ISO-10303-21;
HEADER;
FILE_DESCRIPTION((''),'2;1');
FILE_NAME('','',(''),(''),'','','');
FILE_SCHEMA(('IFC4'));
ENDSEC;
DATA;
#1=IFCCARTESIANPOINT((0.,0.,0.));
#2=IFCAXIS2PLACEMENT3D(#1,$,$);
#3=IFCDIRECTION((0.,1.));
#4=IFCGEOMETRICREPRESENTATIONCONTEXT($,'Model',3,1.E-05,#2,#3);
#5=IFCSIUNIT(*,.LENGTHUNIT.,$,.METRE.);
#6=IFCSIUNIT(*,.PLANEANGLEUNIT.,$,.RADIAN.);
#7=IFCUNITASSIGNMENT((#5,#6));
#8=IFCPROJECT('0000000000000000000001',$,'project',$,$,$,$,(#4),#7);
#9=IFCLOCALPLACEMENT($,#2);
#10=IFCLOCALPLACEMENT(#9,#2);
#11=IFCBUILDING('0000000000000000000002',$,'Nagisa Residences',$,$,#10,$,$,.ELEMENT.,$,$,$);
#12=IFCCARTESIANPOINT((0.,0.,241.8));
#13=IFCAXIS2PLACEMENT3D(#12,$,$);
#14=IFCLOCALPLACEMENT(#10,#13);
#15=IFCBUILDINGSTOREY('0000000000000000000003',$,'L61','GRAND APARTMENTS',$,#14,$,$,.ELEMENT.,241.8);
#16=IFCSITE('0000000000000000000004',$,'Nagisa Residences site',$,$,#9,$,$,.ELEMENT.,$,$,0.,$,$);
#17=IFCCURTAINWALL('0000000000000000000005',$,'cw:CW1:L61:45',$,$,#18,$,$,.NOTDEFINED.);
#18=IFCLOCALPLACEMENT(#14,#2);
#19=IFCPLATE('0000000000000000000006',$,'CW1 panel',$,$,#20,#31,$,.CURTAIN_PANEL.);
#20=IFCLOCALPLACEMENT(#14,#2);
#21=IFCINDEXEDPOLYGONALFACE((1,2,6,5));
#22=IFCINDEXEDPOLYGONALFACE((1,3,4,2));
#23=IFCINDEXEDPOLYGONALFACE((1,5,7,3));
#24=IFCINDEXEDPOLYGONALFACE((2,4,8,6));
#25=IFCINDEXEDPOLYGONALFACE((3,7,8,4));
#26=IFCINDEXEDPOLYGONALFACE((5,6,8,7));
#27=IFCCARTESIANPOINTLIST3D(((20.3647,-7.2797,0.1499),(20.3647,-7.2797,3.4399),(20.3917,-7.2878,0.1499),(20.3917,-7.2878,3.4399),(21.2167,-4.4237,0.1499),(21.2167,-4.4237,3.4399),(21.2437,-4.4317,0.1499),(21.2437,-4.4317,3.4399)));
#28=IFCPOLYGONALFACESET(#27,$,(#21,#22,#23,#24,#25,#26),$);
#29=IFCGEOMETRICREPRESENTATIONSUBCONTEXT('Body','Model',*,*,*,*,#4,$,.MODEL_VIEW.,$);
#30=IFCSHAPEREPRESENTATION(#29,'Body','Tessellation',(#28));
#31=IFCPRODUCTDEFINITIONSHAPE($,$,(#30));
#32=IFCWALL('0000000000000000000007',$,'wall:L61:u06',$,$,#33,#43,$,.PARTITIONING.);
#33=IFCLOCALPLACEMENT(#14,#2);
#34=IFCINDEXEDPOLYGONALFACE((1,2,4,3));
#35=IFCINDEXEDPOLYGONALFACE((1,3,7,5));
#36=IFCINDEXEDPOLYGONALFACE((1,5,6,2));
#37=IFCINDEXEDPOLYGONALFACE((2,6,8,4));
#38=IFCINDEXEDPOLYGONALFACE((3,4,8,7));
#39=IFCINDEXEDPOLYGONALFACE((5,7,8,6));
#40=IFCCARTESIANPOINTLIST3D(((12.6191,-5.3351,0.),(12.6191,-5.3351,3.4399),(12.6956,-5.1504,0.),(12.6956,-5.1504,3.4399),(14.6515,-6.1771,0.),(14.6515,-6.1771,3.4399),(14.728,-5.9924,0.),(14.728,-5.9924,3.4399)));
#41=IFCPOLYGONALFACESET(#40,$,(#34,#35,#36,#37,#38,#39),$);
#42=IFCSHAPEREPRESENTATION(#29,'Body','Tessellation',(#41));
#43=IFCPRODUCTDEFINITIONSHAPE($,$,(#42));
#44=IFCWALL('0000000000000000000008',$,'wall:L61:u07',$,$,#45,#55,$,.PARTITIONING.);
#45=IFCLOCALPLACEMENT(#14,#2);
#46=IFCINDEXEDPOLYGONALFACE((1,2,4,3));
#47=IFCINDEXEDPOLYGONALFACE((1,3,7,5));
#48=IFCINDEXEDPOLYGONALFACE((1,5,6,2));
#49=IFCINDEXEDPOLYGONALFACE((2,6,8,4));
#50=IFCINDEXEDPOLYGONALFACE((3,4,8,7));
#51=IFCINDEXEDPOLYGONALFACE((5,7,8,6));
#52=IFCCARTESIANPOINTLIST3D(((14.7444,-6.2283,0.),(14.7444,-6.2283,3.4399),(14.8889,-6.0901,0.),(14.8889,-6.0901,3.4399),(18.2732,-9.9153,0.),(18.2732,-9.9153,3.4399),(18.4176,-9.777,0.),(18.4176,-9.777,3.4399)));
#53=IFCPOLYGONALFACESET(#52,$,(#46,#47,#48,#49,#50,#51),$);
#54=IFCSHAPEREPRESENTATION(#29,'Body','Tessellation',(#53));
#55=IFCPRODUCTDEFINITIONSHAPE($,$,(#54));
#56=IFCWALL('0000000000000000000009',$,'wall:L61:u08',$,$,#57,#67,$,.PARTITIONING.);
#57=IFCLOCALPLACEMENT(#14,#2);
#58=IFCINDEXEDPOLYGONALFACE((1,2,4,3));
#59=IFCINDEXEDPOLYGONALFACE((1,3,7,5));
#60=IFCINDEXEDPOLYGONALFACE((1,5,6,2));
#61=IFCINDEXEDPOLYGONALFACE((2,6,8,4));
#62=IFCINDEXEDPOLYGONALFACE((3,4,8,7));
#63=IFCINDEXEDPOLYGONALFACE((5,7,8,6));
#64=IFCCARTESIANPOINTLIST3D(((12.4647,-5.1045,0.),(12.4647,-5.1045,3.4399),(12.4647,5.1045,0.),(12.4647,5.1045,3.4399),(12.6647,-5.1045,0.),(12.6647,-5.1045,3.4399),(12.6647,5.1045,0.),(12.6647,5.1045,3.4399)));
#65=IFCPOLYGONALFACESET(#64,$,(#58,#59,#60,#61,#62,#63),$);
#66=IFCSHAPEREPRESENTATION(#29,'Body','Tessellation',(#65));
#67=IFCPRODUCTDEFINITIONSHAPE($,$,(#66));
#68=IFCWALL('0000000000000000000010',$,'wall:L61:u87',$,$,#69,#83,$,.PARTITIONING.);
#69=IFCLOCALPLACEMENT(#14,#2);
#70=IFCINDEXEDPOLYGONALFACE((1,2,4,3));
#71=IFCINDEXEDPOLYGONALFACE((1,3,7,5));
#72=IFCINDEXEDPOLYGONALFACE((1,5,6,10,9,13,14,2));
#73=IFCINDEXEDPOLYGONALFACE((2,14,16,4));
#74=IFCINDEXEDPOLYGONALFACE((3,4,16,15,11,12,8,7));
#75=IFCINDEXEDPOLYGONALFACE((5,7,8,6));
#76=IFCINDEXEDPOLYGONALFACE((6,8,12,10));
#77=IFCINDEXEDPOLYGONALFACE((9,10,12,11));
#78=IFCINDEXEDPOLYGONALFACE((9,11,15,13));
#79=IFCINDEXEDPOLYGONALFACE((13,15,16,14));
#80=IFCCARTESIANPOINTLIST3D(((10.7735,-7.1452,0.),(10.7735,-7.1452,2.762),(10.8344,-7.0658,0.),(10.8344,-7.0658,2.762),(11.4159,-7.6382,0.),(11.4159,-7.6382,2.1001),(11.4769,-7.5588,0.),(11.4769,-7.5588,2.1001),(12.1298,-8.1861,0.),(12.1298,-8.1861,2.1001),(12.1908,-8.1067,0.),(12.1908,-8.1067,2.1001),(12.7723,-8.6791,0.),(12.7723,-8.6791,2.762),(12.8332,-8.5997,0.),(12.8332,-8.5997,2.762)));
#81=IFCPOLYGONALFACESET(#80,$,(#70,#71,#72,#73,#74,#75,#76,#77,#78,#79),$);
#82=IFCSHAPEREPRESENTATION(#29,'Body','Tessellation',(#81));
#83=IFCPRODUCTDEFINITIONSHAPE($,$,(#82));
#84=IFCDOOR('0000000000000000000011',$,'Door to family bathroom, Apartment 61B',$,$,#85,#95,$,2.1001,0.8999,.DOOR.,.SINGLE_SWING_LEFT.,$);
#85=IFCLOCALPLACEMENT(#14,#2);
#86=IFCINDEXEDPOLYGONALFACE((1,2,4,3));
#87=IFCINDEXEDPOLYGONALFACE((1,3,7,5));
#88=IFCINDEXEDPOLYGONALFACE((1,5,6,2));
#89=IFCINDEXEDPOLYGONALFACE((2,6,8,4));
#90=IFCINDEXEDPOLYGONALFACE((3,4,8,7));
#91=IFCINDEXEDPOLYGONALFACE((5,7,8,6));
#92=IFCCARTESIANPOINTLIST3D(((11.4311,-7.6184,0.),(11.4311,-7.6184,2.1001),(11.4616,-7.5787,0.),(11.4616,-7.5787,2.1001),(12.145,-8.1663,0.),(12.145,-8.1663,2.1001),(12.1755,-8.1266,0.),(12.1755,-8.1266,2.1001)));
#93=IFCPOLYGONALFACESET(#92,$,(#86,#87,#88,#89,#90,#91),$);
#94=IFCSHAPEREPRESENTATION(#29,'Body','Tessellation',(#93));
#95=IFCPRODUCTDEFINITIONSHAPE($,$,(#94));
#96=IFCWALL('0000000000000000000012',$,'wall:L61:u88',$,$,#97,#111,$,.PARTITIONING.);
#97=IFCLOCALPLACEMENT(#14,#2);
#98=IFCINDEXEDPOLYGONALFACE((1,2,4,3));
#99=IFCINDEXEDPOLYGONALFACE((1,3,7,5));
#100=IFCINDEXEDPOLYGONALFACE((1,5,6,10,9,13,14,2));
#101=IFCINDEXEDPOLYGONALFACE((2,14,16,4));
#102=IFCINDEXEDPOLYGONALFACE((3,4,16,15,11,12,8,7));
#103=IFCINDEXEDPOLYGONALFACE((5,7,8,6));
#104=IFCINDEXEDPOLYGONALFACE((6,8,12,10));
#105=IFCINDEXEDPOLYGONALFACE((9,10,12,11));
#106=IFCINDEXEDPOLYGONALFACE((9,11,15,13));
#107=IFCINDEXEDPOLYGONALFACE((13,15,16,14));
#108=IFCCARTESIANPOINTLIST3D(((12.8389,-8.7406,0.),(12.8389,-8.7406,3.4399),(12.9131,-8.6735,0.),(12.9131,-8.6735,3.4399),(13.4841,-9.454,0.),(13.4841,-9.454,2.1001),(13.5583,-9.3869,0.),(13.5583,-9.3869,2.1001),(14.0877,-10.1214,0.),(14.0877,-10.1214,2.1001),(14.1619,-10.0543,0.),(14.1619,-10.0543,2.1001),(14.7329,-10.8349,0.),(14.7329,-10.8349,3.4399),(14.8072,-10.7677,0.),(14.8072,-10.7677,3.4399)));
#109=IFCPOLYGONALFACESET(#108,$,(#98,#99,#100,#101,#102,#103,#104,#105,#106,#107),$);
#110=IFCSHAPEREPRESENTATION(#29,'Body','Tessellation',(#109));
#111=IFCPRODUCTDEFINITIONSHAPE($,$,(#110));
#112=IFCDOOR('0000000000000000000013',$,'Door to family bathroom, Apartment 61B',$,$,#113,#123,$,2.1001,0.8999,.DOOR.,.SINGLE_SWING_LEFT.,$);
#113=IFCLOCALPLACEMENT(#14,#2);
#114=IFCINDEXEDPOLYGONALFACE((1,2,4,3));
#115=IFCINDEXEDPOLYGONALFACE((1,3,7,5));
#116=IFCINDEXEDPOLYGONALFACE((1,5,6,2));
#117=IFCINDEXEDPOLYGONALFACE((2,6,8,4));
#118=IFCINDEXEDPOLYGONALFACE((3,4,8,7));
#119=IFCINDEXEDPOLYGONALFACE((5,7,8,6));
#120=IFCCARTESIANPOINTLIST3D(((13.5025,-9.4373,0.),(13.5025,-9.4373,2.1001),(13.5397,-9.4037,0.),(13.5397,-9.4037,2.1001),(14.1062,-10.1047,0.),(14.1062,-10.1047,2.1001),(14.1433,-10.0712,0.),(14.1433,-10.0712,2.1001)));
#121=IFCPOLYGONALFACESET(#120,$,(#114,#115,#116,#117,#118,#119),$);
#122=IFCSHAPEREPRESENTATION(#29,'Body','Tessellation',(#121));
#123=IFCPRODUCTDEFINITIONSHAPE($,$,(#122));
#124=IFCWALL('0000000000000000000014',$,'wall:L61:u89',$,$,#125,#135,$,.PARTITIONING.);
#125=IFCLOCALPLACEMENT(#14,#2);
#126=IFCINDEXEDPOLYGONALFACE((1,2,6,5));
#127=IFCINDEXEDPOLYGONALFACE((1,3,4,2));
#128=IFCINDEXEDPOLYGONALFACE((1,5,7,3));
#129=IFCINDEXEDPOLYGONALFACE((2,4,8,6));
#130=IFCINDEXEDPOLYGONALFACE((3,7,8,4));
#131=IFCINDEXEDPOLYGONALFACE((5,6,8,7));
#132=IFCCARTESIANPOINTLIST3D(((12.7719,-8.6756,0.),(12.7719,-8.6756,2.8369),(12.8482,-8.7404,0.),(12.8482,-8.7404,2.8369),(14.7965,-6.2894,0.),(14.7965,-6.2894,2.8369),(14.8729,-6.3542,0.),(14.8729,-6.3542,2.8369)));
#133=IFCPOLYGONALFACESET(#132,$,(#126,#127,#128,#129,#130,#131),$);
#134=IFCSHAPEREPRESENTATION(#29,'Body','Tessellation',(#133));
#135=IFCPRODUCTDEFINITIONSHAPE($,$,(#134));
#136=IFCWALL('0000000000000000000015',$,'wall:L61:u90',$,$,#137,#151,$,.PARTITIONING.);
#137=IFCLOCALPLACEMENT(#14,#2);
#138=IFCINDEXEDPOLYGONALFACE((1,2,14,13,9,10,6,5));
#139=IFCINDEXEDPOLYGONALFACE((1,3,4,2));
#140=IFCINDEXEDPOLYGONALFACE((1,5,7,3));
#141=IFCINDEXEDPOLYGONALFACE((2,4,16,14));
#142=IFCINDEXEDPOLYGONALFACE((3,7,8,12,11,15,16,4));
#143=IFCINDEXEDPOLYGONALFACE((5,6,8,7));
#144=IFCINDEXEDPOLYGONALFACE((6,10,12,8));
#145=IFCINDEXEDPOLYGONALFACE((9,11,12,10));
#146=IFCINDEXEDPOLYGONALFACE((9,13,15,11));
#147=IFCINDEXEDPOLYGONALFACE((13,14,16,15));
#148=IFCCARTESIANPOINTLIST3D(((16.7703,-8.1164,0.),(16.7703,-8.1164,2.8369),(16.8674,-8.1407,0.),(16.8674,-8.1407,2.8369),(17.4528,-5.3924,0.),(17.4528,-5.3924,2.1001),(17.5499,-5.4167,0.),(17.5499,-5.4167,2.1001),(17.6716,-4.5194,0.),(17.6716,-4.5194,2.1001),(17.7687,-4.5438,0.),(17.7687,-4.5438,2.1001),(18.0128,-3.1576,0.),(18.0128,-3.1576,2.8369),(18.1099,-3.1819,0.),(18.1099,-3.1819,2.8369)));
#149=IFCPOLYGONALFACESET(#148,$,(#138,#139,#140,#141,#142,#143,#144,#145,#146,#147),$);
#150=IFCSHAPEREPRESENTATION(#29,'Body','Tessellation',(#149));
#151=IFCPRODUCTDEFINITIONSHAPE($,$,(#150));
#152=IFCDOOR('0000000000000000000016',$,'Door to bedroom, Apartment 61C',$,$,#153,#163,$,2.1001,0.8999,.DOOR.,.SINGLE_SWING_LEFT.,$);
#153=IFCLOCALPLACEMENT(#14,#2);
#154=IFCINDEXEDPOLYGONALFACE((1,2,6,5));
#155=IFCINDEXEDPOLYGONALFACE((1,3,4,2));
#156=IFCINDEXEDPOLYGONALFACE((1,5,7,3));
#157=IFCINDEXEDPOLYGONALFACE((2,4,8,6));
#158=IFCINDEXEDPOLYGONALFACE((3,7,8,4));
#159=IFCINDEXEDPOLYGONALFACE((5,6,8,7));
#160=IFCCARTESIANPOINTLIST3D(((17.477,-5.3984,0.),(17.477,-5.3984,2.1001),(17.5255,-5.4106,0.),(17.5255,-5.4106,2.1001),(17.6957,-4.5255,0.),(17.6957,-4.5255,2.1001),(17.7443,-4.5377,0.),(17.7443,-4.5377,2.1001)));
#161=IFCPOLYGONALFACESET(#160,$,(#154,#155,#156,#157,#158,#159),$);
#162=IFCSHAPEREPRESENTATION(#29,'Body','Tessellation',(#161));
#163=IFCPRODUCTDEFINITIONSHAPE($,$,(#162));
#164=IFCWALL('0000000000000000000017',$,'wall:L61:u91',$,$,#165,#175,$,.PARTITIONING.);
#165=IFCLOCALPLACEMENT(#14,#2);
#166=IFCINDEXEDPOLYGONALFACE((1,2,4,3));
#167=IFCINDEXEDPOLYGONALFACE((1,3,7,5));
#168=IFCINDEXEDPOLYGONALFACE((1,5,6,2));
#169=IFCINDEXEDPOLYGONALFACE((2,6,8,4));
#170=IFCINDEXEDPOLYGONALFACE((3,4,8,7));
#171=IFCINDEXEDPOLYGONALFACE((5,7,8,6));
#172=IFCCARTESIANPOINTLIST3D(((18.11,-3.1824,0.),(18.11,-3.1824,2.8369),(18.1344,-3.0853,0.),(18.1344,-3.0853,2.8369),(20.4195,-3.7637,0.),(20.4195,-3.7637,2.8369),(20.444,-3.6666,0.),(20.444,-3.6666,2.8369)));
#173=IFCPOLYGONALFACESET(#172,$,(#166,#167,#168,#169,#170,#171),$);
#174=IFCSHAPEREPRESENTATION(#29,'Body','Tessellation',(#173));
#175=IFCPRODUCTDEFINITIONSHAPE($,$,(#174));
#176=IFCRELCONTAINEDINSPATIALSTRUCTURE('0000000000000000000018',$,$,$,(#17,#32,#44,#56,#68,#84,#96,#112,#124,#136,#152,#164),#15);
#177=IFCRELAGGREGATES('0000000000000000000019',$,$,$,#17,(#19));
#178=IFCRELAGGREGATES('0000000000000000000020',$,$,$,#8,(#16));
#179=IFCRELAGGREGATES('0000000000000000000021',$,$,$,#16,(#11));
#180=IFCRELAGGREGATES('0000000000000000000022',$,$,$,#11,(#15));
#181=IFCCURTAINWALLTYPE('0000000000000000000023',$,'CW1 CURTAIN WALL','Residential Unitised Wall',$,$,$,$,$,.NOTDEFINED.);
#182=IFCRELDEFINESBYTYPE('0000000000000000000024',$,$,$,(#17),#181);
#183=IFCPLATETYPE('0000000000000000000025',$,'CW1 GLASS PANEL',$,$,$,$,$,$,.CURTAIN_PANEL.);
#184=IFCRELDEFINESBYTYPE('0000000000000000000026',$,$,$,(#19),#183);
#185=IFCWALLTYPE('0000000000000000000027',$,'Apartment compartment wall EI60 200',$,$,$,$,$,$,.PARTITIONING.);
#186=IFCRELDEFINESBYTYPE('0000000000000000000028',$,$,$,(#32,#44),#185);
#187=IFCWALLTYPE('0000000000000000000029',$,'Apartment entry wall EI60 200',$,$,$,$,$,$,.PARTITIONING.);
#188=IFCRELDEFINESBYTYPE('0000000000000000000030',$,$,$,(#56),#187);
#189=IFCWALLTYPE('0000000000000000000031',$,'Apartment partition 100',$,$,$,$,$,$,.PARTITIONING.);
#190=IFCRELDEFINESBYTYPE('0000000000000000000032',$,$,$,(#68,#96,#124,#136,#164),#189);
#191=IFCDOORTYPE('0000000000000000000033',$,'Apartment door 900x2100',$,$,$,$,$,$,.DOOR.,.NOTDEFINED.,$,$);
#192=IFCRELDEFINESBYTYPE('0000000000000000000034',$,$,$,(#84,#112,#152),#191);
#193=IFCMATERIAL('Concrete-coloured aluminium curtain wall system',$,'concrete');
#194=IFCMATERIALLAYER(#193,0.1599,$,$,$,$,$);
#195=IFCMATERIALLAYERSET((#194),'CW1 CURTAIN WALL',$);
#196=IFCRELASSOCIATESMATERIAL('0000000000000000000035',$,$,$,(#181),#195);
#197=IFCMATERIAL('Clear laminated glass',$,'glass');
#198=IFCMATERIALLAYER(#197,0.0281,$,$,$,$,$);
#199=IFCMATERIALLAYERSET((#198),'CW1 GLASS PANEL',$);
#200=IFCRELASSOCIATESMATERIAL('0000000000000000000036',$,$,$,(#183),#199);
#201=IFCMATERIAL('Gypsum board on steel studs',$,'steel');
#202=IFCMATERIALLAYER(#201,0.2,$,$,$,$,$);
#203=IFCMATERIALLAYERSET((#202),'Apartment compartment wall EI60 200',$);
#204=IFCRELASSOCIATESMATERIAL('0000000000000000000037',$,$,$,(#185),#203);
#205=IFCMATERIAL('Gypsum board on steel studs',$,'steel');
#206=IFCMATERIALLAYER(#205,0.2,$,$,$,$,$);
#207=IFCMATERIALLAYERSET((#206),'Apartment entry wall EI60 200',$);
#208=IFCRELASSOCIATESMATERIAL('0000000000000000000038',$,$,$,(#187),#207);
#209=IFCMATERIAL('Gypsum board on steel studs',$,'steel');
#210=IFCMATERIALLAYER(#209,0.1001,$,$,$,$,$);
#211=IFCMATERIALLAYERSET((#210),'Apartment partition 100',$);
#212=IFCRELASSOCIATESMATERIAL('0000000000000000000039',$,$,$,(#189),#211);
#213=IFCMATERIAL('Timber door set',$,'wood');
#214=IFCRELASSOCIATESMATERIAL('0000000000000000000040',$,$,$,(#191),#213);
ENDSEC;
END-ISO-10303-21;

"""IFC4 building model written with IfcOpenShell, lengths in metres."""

from ifc_helpers import new_model, si_unit, direction, frame, frame_2d, origin, origin_2d, place, context, subcontext, project, spatial, rectangle, extrude, material, layer, layer_set, type_object, element, fill, aggregate, save


model = new_model("IFC4")

# Units and contexts
model_context = context("Model", 3, precision=1e-05, world=origin(), true_north=direction((0.0, 1.0)))
body_context = subcontext(model_context, "Body", "Model", "MODEL_VIEW")
ifc_project = project(units=[si_unit("LENGTHUNIT", "METRE"), si_unit("PLANEANGLEUNIT", "RADIAN")], contexts=[model_context])

# Site, building, storey
site_placement = place(None, origin())
site = spatial("IfcSite", under=ifc_project, at=site_placement, Name="Nagisa Residences site", CompositionType="ELEMENT", RefElevation=0.0)
building_placement = place(site_placement, origin())
building = spatial("IfcBuilding", under=site, at=building_placement, Name="Nagisa Residences", CompositionType="ELEMENT")
storey_placement = place(building_placement, frame((0.0, 0.0, 241.8)))
storey = spatial("IfcBuildingStorey", under=building, at=storey_placement, Name="L61", Description="GRAND APARTMENTS", CompositionType="ELEMENT", Elevation=241.8)

# Curtain wall
ifc_material_1 = material(Name="Concrete-coloured aluminium curtain wall system", Category="concrete")
ifc_layer_1 = layer(ifc_material_1, 0.1599)
ifc_layer_set_1 = layer_set([ifc_layer_1], Name="CW1 CURTAIN WALL")
curtain_wall_type = type_object("IfcCurtainWallType", Name="CW1 CURTAIN WALL", Description="Residential Unitised Wall", PredefinedType="NOTDEFINED", material=ifc_layer_set_1)
curtain_wall_1_placement = place(storey_placement, origin())
curtain_wall_1 = element("IfcCurtainWall", 1, at=curtain_wall_1_placement, inside=storey, type_object=curtain_wall_type, Name="cw:CW1:L61:45", PredefinedType="NOTDEFINED")

# Shared definitions
ifc_material_2 = material(Name="Clear laminated glass", Category="glass")
ifc_layer_2 = layer(ifc_material_2, 0.0281)
ifc_layer_set_2 = layer_set([ifc_layer_2], Name="CW1 GLASS PANEL")
plate_type = type_object("IfcPlateType", Name="CW1 GLASS PANEL", PredefinedType="CURTAIN_PANEL", material=ifc_layer_set_2)

# Plate
plate_1_placement = place(storey_placement, frame((20.8042, -5.8557, 0.1499), z_axis=(0.0, 0.0, 1.0), x_axis=(0.28586, 0.958271, 0.0)))
plate_1 = element("IfcPlate", 2, at=plate_1_placement, type_object=plate_type, Name="CW1 panel", PredefinedType="CURTAIN_PANEL", context=body_context, shape_type="SweptSolid", body=[
    extrude(rectangle(XDim=2.9805, YDim=0.0281, at=origin_2d()), origin(), (0.0, 0.0, 1.0), 3.29),
])
aggregate(curtain_wall_1, [plate_1])

# Walls
ifc_material_3 = material(Name="Gypsum board on steel studs", Category="steel")
ifc_layer_3 = layer(ifc_material_3, 0.2)
ifc_layer_set_3 = layer_set([ifc_layer_3], Name="Apartment compartment wall EI60 200")
wall_type_1 = type_object("IfcWallType", Name="Apartment compartment wall EI60 200", PredefinedType="PARTITIONING", material=ifc_layer_set_3)
wall_1_placement = place(storey_placement, frame((12.6572, -5.2427, 0.0), z_axis=(0.0, 0.0, 1.0), x_axis=(0.923853, -0.382747, 0.0)))
element("IfcWall", 3, at=wall_1_placement, inside=storey, type_object=wall_type_1, Name="wall:L61:u06", PredefinedType="PARTITIONING", context=body_context, shape_type="SweptSolid", body=[
    extrude(rectangle(XDim=2.2, YDim=0.2, at=frame_2d((1.1001, 0.0))), origin(), (0.0, 0.0, 1.0), 3.4399),
])
wall_2_placement = place(storey_placement, frame((14.8167, -6.1592, 0.0), z_axis=(0.0, 0.0, 1.0), x_axis=(0.691438, -0.722436, 0.0)))
element("IfcWall", 4, at=wall_2_placement, inside=storey, type_object=wall_type_1, Name="wall:L61:u07", PredefinedType="PARTITIONING", context=body_context, shape_type="SweptSolid", body=[
    extrude(rectangle(XDim=5.1035, YDim=0.2, at=frame_2d((2.5518, 0.0))), origin(), (0.0, 0.0, 1.0), 3.4399),
])
ifc_material_4 = material(Name="Gypsum board on steel studs", Category="steel")
ifc_layer_4 = layer(ifc_material_4, 0.2)
ifc_layer_set_4 = layer_set([ifc_layer_4], Name="Apartment entry wall EI60 200")
wall_type_2 = type_object("IfcWallType", Name="Apartment entry wall EI60 200", PredefinedType="PARTITIONING", material=ifc_layer_set_4)
wall_3_placement = place(storey_placement, frame((12.5647, -5.1045, 0.0), z_axis=(0.0, 0.0, 1.0), x_axis=(0.0, 1.0, 0.0)))
element("IfcWall", 5, at=wall_3_placement, inside=storey, type_object=wall_type_2, Name="wall:L61:u08", PredefinedType="PARTITIONING", context=body_context, shape_type="SweptSolid", body=[
    extrude(rectangle(XDim=10.209, YDim=0.2, at=frame_2d((5.1045, 0.0))), origin(), (0.0, 0.0, 1.0), 3.4399),
])

# Walls, openings, doors
ifc_material_5 = material(Name="Gypsum board on steel studs", Category="steel")
ifc_layer_5 = layer(ifc_material_5, 0.1001)
ifc_layer_set_5 = layer_set([ifc_layer_5], Name="Apartment partition 100")
wall_type_3 = type_object("IfcWallType", Name="Apartment partition 100", PredefinedType="PARTITIONING", material=ifc_layer_set_5)
wall_4_placement = place(storey_placement, frame((10.804, -7.1055, 0.0), z_axis=(0.0, 0.0, 1.0), x_axis=(0.793312, -0.608816, 0.0)))
wall_4 = element("IfcWall", 6, at=wall_4_placement, inside=storey, type_object=wall_type_3, Name="wall:L61:u87", PredefinedType="PARTITIONING", context=body_context, shape_type="SweptSolid", body=[
    extrude(rectangle(XDim=2.5195, YDim=0.1001, at=frame_2d((1.2598, 0.0))), origin(), (0.0, 0.0, 1.0), 2.762),
])
opening_1_placement = place(wall_4_placement, frame((0.8098, 0.0, 0.0)))
opening_1 = element("IfcOpeningElement", 7, at=opening_1_placement, cuts=wall_4, PredefinedType="OPENING", context=body_context, shape_type="SweptSolid", body=[
    extrude(rectangle(XDim=0.8999, YDim=2.1001, at=frame_2d((0.45, 1.05))), frame((0.0, 0.0601, 0.0), z_axis=(0.0, -1.0, 0.0), x_axis=(1.0, 0.0, 0.0)), (0.0, 0.0, 1.0), 0.1201),
])
ifc_material_6 = material(Name="Timber door set", Category="wood")
door_type_1 = type_object("IfcDoorType", Name="Apartment door 900x2100", OperationType="NOTDEFINED", PredefinedType="DOOR", material=ifc_material_6)
door_1_placement = place(opening_1_placement, origin())
door_1 = element("IfcDoor", 8, at=door_1_placement, inside=storey, type_object=door_type_1, Name="Door to family bathroom, Apartment 61B", OperationType="SINGLE_SWING_LEFT", OverallHeight=2.1001, OverallWidth=0.8999, PredefinedType="DOOR", context=body_context, shape_type="SweptSolid", body=[
    extrude(rectangle(XDim=0.8999, YDim=2.1001, at=frame_2d((0.45, 1.05))), frame((0.0, 0.0249, 0.0), z_axis=(0.0, -1.0, 0.0), x_axis=(1.0, 0.0, 0.0)), (0.0, 0.0, 1.0), 0.05),
])
fill(opening_1, door_1)
wall_5_placement = place(storey_placement, frame((12.876, -8.707, 0.0), z_axis=(0.0, 0.0, 1.0), x_axis=(0.670768, -0.741667, 0.0)))
wall_5 = element("IfcWall", 9, at=wall_5_placement, inside=storey, type_object=wall_type_3, Name="wall:L61:u88", PredefinedType="PARTITIONING", context=body_context, shape_type="SweptSolid", body=[
    extrude(rectangle(XDim=2.8237, YDim=0.1001, at=frame_2d((1.4119, 0.0))), origin(), (0.0, 0.0, 1.0), 3.4399),
])
opening_2_placement = place(wall_5_placement, frame((0.9619, 0.0, 0.0)))
opening_2 = element("IfcOpeningElement", 10, at=opening_2_placement, cuts=wall_5, PredefinedType="OPENING", context=body_context, shape_type="SweptSolid", body=[
    extrude(rectangle(XDim=0.8999, YDim=2.1001, at=frame_2d((0.45, 1.05))), frame((0.0, 0.0601, 0.0), z_axis=(0.0, -1.0, 0.0), x_axis=(1.0, 0.0, 0.0)), (0.0, 0.0, 1.0), 0.1201),
])
door_2_placement = place(opening_2_placement, origin())
door_2 = element("IfcDoor", 11, at=door_2_placement, inside=storey, type_object=door_type_1, Name="Door to family bathroom, Apartment 61B", OperationType="SINGLE_SWING_LEFT", OverallHeight=2.1001, OverallWidth=0.8999, PredefinedType="DOOR", context=body_context, shape_type="SweptSolid", body=[
    extrude(rectangle(XDim=0.8999, YDim=2.1001, at=frame_2d((0.45, 1.05))), frame((0.0, 0.0249, 0.0), z_axis=(0.0, -1.0, 0.0), x_axis=(1.0, 0.0, 0.0)), (0.0, 0.0, 1.0), 0.05),
])
fill(opening_2, door_2)

# Wall
wall_6_placement = place(storey_placement, frame((12.8101, -8.708, 0.0), z_axis=(0.0, 0.0, 1.0), x_axis=(0.646973, 0.762513, 0.0)))
element("IfcWall", 12, at=wall_6_placement, inside=storey, type_object=wall_type_3, Name="wall:L61:u89", PredefinedType="PARTITIONING", context=body_context, shape_type="SweptSolid", body=[
    extrude(rectangle(XDim=3.1294, YDim=0.1001, at=frame_2d((1.5647, 0.0))), origin(), (0.0, 0.0, 1.0), 2.8369),
])

# Wall, opening, door
wall_7_placement = place(storey_placement, frame((16.8188, -8.1287, 0.0), z_axis=(0.0, 0.0, 1.0), x_axis=(0.243041, 0.970016, 0.0)))
wall_7 = element("IfcWall", 13, at=wall_7_placement, inside=storey, type_object=wall_type_3, Name="wall:L61:u90", PredefinedType="PARTITIONING", context=body_context, shape_type="SweptSolid", body=[
    extrude(rectangle(XDim=5.1121, YDim=0.1001, at=frame_2d((2.5562, 0.0))), origin(), (0.0, 0.0, 1.0), 2.8369),
])
opening_3_placement = place(wall_7_placement, frame((2.8083, 0.0, 0.0)))
opening_3 = element("IfcOpeningElement", 14, at=opening_3_placement, cuts=wall_7, PredefinedType="OPENING", context=body_context, shape_type="SweptSolid", body=[
    extrude(rectangle(XDim=0.8999, YDim=2.1001, at=frame_2d((0.45, 1.05))), frame((0.0, 0.0601, 0.0), z_axis=(0.0, -1.0, 0.0), x_axis=(1.0, 0.0, 0.0)), (0.0, 0.0, 1.0), 0.1201),
])
door_3_placement = place(opening_3_placement, frame((0.8999, 0.0, 0.0), x_axis=(-1.0, 0.0, 0.0)))
door_3 = element("IfcDoor", 15, at=door_3_placement, inside=storey, type_object=door_type_1, Name="Door to bedroom, Apartment 61C", OperationType="SINGLE_SWING_LEFT", OverallHeight=2.1001, OverallWidth=0.8999, PredefinedType="DOOR", context=body_context, shape_type="SweptSolid", body=[
    extrude(rectangle(XDim=0.8999, YDim=2.1001, at=frame_2d((0.45, 1.05))), frame((0.0, 0.0249, 0.0), z_axis=(0.0, -1.0, 0.0), x_axis=(1.0, 0.0, 0.0)), (0.0, 0.0, 1.0), 0.05),
])
fill(opening_3, door_3)

# Wall
wall_8_placement = place(storey_placement, frame((18.1221, -3.1338, 0.0), z_axis=(0.0, 0.0, 1.0), x_axis=(0.969755, -0.244079, 0.0)))
element("IfcWall", 16, at=wall_8_placement, inside=storey, type_object=wall_type_3, Name="wall:L61:u91", PredefinedType="PARTITIONING", context=body_context, shape_type="SweptSolid", body=[
    extrude(rectangle(XDim=2.3816, YDim=0.1001, at=frame_2d((1.1909, 0.0))), origin(), (0.0, 0.0, 1.0), 2.8369),
])

save(model, "model.ifc")
